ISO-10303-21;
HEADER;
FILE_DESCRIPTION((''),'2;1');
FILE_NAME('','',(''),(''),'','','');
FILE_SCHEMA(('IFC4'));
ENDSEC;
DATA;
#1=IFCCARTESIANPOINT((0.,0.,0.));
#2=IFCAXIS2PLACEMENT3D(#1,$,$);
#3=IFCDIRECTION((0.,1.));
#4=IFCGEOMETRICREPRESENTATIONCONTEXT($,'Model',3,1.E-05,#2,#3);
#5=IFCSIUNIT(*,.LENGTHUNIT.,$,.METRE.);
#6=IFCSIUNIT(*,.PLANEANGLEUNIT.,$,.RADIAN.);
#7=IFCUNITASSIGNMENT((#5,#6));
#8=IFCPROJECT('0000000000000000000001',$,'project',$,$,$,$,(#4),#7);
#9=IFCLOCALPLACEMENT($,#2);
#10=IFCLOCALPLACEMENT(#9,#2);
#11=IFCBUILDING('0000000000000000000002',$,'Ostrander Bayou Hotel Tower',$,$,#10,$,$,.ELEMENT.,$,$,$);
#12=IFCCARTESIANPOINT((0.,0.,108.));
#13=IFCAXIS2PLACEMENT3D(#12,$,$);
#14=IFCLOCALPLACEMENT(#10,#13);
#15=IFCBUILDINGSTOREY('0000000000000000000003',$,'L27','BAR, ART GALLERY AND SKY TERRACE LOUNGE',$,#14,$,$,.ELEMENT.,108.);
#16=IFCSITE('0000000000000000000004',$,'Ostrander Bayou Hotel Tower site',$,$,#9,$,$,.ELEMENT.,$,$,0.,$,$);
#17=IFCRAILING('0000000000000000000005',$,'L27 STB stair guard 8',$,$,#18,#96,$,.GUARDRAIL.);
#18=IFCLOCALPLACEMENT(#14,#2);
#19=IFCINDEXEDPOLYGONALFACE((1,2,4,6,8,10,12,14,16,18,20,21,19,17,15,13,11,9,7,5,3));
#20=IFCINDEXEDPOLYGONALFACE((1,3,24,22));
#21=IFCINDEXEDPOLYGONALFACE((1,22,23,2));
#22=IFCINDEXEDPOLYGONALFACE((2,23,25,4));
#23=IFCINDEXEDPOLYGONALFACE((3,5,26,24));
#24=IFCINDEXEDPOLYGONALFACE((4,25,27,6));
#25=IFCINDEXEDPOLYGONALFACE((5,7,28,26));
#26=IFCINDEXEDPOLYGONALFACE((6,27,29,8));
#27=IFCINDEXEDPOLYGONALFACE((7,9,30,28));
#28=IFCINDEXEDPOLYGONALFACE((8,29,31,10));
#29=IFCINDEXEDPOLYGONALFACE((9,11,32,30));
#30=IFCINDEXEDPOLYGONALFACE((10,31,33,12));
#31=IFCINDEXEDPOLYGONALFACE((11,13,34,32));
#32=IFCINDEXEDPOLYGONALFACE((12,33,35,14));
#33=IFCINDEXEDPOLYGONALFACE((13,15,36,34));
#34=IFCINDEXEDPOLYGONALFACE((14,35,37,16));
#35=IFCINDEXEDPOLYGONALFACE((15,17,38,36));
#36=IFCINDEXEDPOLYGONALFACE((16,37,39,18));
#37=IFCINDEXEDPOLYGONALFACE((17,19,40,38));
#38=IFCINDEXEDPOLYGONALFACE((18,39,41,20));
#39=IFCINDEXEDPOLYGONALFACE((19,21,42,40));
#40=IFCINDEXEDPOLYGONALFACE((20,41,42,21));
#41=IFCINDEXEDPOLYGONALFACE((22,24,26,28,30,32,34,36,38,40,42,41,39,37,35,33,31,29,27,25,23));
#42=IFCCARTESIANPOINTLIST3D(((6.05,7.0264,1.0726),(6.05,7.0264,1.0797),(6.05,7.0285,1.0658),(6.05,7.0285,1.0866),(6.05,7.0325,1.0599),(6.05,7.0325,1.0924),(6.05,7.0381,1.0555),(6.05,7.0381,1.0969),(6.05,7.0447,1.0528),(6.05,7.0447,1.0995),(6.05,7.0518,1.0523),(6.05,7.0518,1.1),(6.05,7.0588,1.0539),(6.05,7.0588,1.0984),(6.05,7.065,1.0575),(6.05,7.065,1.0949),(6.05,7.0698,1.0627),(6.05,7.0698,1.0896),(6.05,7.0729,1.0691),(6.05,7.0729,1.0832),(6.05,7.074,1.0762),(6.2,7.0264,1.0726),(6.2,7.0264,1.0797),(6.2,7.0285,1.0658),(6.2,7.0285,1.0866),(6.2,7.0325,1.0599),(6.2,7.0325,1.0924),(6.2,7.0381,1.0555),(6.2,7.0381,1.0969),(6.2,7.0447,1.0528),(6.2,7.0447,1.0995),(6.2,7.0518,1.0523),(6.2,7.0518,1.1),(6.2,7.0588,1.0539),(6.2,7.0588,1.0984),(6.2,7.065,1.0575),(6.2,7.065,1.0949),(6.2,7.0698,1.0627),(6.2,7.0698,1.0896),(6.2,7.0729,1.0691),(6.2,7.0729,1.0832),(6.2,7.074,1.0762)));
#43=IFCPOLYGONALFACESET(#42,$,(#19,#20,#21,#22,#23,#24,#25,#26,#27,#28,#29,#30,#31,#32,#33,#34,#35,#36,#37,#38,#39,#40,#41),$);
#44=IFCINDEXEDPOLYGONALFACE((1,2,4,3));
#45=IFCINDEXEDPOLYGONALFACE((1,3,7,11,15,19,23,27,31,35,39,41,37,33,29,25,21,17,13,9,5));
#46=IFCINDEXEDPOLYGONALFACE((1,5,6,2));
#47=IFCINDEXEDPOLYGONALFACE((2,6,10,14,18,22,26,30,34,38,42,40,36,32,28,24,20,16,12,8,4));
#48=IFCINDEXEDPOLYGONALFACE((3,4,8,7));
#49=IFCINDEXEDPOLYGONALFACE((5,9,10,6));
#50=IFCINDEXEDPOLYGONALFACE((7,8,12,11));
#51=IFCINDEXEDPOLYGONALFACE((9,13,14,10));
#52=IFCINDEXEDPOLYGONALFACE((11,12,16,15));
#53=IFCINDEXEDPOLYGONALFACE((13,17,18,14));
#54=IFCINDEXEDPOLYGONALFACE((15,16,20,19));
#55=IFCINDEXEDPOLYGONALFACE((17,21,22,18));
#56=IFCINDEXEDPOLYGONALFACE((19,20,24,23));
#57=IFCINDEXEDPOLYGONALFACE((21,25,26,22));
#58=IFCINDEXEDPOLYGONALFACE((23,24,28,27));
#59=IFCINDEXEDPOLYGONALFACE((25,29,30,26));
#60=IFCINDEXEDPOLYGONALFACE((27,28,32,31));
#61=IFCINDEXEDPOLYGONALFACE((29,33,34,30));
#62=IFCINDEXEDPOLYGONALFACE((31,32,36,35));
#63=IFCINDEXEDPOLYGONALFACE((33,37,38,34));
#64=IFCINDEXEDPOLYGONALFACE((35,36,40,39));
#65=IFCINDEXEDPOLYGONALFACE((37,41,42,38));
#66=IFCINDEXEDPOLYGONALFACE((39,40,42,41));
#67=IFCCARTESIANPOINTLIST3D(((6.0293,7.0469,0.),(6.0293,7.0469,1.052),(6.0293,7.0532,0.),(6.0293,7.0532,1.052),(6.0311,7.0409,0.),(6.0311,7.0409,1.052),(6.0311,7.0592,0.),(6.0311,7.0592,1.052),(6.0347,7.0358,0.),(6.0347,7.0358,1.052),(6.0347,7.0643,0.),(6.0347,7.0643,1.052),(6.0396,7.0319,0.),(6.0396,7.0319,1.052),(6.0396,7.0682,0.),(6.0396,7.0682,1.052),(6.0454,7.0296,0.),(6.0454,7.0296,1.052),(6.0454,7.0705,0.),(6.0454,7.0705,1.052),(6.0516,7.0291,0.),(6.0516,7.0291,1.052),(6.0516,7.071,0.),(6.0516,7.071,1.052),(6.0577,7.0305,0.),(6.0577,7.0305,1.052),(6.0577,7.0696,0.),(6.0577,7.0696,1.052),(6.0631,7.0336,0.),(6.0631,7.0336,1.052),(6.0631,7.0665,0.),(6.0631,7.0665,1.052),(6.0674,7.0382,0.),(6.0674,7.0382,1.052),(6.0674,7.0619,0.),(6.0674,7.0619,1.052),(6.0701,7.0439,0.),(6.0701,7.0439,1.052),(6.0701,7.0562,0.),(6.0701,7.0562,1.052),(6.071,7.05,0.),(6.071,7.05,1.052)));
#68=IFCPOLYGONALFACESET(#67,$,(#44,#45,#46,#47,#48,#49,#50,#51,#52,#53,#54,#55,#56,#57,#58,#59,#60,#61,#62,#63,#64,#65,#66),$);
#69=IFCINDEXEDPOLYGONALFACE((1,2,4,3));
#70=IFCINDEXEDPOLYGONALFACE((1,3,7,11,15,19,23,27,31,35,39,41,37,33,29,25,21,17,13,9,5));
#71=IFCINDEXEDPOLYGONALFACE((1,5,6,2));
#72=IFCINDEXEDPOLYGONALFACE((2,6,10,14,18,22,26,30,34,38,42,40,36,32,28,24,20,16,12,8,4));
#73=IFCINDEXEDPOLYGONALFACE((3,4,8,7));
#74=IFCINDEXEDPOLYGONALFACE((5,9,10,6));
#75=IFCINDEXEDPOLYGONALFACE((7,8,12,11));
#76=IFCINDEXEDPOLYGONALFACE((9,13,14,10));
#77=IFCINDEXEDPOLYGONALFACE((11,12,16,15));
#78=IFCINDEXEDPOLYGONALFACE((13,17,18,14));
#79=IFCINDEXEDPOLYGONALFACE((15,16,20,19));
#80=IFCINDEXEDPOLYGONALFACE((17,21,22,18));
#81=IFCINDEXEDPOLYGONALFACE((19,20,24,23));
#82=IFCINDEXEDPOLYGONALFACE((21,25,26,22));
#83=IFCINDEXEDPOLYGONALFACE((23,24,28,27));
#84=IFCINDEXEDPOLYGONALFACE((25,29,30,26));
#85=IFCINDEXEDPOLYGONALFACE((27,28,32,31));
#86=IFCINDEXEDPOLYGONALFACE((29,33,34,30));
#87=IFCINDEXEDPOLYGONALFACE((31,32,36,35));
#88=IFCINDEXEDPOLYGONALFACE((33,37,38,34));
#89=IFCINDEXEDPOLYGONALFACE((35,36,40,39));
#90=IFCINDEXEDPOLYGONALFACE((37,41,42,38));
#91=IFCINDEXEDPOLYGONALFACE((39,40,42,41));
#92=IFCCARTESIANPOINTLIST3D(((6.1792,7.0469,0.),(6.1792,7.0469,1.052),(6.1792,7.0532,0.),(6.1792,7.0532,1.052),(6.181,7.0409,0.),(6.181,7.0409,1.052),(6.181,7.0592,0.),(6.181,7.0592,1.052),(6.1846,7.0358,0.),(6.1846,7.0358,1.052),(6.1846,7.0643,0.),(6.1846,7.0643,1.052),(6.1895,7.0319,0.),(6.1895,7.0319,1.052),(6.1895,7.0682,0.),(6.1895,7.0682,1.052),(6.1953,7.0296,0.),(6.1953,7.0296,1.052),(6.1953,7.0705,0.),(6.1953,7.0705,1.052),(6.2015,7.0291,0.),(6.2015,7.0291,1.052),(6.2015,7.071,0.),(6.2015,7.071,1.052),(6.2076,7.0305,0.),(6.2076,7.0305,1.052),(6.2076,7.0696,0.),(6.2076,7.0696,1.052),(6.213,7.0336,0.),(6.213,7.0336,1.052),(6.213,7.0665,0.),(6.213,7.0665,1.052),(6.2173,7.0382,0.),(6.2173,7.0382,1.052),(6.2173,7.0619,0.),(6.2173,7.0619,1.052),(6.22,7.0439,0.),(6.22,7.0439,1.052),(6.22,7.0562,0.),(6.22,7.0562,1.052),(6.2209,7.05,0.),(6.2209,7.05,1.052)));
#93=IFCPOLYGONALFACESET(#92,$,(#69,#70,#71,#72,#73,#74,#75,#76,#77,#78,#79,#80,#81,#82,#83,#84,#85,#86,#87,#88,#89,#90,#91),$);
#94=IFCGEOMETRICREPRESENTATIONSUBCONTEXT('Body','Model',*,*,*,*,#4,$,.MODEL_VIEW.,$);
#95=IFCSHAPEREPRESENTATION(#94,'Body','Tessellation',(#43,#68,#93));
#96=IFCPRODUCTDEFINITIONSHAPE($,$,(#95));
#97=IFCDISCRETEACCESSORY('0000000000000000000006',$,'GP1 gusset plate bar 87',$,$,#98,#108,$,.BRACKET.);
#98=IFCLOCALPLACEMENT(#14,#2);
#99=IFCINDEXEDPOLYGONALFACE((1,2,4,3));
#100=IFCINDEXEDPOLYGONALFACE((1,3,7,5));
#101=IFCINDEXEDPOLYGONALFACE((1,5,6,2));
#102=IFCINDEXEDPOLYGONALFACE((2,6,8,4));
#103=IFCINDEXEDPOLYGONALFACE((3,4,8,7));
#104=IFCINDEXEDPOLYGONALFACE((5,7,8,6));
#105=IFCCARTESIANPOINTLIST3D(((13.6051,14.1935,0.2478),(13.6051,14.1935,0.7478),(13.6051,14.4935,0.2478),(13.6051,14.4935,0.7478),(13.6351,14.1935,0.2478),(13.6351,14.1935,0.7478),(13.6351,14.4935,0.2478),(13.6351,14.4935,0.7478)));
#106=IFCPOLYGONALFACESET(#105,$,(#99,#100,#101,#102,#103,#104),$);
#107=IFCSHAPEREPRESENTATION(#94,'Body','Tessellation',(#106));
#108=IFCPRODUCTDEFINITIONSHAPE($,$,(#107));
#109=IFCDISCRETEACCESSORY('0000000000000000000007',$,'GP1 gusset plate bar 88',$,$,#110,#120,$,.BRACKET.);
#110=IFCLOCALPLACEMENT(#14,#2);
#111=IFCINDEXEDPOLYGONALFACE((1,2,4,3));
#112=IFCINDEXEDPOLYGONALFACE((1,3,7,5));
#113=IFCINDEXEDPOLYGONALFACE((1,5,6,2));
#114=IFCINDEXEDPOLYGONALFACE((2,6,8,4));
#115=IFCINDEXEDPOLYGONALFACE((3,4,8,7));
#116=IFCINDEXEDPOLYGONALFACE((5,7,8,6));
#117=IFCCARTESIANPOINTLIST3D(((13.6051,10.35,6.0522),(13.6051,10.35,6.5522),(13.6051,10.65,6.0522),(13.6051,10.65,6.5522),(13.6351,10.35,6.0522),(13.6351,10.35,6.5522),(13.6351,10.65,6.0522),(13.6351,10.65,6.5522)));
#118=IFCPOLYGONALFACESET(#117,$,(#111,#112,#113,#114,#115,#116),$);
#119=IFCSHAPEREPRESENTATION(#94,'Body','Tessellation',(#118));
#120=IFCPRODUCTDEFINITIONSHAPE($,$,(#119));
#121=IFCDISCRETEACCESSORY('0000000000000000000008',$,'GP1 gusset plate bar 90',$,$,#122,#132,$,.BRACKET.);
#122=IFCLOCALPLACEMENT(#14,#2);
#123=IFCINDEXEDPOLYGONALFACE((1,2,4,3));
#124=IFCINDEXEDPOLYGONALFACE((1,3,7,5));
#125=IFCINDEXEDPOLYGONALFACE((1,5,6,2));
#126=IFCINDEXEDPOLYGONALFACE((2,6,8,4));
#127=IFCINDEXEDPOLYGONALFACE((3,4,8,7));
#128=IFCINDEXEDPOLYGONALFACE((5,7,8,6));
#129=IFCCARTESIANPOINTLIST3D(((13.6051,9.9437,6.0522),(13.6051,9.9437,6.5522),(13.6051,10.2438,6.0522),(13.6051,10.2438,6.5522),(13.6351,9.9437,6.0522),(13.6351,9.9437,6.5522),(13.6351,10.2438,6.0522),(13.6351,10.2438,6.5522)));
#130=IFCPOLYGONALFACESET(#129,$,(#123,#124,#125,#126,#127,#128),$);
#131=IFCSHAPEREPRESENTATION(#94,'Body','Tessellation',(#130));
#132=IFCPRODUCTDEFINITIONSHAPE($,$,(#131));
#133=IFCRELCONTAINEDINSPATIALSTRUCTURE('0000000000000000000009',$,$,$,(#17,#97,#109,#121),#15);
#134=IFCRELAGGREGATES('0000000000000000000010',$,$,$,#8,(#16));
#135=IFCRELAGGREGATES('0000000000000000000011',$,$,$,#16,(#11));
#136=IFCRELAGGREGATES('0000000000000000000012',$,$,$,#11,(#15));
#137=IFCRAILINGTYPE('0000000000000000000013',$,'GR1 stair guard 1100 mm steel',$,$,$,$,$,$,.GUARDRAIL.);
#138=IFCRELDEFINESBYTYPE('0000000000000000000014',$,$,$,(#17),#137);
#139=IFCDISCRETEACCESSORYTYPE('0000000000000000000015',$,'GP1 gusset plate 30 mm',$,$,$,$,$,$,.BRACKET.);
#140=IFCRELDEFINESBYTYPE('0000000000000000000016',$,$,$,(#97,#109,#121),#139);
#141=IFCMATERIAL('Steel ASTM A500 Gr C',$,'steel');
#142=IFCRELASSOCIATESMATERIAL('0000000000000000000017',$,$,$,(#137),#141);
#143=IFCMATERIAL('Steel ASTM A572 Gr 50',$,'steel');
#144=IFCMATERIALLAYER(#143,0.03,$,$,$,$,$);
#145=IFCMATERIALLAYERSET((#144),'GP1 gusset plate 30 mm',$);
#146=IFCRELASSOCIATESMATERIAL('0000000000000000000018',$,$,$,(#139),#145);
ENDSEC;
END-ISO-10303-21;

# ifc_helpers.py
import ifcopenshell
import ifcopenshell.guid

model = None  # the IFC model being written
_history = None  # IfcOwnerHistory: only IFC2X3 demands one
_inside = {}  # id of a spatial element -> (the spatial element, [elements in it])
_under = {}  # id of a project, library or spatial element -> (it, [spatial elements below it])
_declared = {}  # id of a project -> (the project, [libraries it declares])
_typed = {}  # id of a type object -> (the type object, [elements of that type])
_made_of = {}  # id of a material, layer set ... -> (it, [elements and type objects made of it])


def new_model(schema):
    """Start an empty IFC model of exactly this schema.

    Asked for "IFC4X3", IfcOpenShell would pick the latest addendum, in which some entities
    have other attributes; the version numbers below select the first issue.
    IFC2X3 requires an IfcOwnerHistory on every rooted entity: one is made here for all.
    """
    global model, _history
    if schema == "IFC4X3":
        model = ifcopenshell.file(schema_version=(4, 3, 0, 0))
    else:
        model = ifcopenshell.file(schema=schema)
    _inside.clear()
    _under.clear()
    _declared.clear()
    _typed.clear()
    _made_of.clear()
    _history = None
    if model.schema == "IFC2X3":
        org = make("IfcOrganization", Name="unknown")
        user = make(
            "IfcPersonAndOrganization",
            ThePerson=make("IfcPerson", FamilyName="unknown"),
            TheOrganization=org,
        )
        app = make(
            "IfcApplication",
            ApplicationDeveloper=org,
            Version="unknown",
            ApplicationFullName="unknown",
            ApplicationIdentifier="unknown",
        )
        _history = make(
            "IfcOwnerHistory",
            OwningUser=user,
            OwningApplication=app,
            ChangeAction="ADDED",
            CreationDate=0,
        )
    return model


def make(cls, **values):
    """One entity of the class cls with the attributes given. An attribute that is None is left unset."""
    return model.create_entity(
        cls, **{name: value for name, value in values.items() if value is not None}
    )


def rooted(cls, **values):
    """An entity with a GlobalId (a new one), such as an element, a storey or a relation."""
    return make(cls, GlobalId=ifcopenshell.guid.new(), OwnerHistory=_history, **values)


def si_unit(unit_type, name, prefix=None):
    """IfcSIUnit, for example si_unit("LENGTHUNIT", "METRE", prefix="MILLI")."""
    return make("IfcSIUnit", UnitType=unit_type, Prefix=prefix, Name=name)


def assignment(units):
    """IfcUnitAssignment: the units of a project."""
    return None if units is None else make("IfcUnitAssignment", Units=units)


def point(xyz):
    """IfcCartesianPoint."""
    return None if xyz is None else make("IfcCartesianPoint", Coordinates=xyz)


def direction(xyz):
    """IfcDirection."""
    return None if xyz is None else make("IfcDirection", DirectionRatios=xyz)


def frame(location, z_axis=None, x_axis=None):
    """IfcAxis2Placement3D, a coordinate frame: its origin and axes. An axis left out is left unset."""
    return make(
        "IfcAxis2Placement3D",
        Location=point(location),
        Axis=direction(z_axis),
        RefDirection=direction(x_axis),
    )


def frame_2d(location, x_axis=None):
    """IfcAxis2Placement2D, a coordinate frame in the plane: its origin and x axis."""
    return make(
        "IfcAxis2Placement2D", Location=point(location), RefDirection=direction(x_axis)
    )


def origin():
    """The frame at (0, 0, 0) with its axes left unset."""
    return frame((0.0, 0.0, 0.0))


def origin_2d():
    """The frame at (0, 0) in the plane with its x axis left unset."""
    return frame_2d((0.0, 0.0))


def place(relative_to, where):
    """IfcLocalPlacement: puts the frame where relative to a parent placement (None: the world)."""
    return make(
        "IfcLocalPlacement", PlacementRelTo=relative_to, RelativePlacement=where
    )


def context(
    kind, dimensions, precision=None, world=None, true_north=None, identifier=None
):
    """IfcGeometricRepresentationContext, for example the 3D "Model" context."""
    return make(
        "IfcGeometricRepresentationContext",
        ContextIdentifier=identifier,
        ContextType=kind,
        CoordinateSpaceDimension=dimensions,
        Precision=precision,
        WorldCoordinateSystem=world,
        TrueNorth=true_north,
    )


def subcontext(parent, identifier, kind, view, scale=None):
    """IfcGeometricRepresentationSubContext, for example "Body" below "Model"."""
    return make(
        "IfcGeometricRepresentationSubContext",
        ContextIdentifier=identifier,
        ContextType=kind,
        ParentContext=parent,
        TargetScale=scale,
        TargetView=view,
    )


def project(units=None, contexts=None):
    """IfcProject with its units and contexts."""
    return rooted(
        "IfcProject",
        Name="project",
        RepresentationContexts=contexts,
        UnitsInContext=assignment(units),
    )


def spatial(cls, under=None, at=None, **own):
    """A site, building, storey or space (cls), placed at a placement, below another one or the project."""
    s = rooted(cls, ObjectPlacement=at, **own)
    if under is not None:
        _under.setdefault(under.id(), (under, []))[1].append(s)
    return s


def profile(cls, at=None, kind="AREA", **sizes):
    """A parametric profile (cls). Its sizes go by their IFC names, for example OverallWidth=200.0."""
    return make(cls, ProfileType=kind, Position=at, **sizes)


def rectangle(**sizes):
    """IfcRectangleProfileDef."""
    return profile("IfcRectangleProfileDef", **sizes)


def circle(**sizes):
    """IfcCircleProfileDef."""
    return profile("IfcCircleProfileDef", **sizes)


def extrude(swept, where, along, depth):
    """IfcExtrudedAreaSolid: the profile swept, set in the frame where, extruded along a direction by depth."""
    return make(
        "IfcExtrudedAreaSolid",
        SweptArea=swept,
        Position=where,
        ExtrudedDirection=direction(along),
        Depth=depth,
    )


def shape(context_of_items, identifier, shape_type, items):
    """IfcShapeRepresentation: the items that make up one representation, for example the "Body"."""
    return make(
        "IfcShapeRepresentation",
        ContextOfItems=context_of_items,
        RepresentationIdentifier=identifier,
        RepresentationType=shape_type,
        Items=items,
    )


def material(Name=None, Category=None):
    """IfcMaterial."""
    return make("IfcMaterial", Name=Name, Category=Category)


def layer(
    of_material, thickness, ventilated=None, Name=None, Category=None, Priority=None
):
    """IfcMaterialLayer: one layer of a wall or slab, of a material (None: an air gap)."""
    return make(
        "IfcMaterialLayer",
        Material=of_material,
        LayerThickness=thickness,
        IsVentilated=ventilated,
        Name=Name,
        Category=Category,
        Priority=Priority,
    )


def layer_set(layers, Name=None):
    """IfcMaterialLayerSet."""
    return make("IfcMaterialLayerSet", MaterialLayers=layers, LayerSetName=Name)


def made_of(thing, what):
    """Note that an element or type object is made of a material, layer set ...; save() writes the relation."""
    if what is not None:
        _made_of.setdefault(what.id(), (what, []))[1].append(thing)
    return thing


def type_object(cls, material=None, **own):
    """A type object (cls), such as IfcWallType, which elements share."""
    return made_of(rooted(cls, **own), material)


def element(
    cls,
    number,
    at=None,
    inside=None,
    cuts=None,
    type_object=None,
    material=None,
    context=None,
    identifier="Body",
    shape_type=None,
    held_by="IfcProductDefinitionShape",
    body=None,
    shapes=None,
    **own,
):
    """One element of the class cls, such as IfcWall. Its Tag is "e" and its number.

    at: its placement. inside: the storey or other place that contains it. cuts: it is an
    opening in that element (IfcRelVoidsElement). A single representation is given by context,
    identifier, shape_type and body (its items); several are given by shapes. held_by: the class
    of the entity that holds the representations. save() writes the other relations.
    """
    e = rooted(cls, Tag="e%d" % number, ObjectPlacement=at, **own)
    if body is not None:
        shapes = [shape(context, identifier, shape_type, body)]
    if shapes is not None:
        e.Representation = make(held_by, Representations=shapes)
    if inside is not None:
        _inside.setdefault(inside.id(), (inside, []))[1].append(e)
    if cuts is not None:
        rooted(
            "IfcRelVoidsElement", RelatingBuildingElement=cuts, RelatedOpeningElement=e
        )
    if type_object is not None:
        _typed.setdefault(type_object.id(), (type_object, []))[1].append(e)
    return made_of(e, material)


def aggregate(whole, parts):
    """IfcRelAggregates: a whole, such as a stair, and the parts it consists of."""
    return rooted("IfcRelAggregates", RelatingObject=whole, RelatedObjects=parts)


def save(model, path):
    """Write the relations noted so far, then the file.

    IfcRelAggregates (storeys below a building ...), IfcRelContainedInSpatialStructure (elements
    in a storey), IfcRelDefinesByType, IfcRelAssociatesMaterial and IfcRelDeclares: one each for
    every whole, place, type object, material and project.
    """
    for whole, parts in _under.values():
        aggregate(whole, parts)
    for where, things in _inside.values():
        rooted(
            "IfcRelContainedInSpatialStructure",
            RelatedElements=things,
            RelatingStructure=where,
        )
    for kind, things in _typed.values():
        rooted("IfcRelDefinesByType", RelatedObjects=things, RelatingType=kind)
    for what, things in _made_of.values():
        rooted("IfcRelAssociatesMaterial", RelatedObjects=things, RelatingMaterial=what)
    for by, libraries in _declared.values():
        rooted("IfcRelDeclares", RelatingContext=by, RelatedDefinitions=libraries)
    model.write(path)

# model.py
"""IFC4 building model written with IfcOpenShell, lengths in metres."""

from ifc_helpers import new_model, si_unit, direction, frame, origin, origin_2d, place, context, subcontext, project, spatial, rectangle, circle, extrude, material, layer, layer_set, type_object, element, save


model = new_model("IFC4")

# Units and contexts
model_context = context("Model", 3, precision=1e-05, world=origin(), true_north=direction((0.0, 1.0)))
body_context = subcontext(model_context, "Body", "Model", "MODEL_VIEW")
ifc_project = project(units=[si_unit("LENGTHUNIT", "METRE"), si_unit("PLANEANGLEUNIT", "RADIAN")], contexts=[model_context])

# Site, building, storey
site_placement = place(None, origin())
site = spatial("IfcSite", under=ifc_project, at=site_placement, Name="Ostrander Bayou Hotel Tower site", CompositionType="ELEMENT", RefElevation=0.0)
building_placement = place(site_placement, origin())
building = spatial("IfcBuilding", under=site, at=building_placement, Name="Ostrander Bayou Hotel Tower", CompositionType="ELEMENT")
storey_placement = place(building_placement, frame((0.0, 0.0, 108.0)))
storey = spatial("IfcBuildingStorey", under=building, at=storey_placement, Name="L27", Description="BAR, ART GALLERY AND SKY TERRACE LOUNGE", CompositionType="ELEMENT", Elevation=108.0)

# Railing
ifc_material_1 = material(Name="Steel ASTM A500 Gr C", Category="steel")
railing_type_1 = type_object("IfcRailingType", Name="GR1 stair guard 1100 mm steel", PredefinedType="GUARDRAIL", material=ifc_material_1)
for number, where, name in (
    (1, (6.05, 7.05, 0.0), "L27 STB stair guard 8"),
):
    element("IfcRailing", number, at=place(storey_placement, frame(where)), inside=storey, type_object=railing_type_1, Name=name, PredefinedType="GUARDRAIL", context=body_context, shape_type="SweptSolid", body=[
        extrude(circle(Radius=0.0239, at=origin_2d()), frame((0.0, 0.0, 1.0762), z_axis=(1.0, 0.0, 0.0), x_axis=(0.0, 1.0, 0.0)), (0.0, 0.0, 1.0), 0.1499),
        extrude(circle(Radius=0.021, at=origin_2d()), origin(), (0.0, 0.0, 1.0), 1.052),
        extrude(circle(Radius=0.021, at=origin_2d()), frame((0.1499, 0.0, 0.0)), (0.0, 0.0, 1.0), 1.052),
    ])

# Discrete accessories
ifc_material_2 = material(Name="Steel ASTM A572 Gr 50", Category="steel")
ifc_layer_1 = layer(ifc_material_2, 0.03)
ifc_layer_set_1 = layer_set([ifc_layer_1], Name="GP1 gusset plate 30 mm")
discrete_accessory_type = type_object("IfcDiscreteAccessoryType", Name="GP1 gusset plate 30 mm", PredefinedType="BRACKET", material=ifc_layer_set_1)
for number, where, z_axis, x_axis, name in (
    (2, (13.6201, 14.3435, 0.2478), (0.0, 0.0, 1.0), (0.0, -1.0, 0.0), "GP1 gusset plate bar 87"),
    (3, (13.6201, 10.5, 6.0522), (0.0, 0.0, 1.0), (0.0, -1.0, 0.0), "GP1 gusset plate bar 88"),
    (4, (13.6201, 10.0938, 6.0522), (0.0, 0.0, 1.0), (0.0, 1.0, 0.0), "GP1 gusset plate bar 90"),
):
    element("IfcDiscreteAccessory", number, at=place(storey_placement, frame(where, z_axis=z_axis, x_axis=x_axis)), inside=storey, type_object=discrete_accessory_type, Name=name, PredefinedType="BRACKET", context=body_context, shape_type="SweptSolid", body=[
        extrude(rectangle(XDim=0.3, YDim=0.03, at=origin_2d()), origin(), (0.0, 0.0, 1.0), 0.5),
    ])

save(model, "model.ifc")
